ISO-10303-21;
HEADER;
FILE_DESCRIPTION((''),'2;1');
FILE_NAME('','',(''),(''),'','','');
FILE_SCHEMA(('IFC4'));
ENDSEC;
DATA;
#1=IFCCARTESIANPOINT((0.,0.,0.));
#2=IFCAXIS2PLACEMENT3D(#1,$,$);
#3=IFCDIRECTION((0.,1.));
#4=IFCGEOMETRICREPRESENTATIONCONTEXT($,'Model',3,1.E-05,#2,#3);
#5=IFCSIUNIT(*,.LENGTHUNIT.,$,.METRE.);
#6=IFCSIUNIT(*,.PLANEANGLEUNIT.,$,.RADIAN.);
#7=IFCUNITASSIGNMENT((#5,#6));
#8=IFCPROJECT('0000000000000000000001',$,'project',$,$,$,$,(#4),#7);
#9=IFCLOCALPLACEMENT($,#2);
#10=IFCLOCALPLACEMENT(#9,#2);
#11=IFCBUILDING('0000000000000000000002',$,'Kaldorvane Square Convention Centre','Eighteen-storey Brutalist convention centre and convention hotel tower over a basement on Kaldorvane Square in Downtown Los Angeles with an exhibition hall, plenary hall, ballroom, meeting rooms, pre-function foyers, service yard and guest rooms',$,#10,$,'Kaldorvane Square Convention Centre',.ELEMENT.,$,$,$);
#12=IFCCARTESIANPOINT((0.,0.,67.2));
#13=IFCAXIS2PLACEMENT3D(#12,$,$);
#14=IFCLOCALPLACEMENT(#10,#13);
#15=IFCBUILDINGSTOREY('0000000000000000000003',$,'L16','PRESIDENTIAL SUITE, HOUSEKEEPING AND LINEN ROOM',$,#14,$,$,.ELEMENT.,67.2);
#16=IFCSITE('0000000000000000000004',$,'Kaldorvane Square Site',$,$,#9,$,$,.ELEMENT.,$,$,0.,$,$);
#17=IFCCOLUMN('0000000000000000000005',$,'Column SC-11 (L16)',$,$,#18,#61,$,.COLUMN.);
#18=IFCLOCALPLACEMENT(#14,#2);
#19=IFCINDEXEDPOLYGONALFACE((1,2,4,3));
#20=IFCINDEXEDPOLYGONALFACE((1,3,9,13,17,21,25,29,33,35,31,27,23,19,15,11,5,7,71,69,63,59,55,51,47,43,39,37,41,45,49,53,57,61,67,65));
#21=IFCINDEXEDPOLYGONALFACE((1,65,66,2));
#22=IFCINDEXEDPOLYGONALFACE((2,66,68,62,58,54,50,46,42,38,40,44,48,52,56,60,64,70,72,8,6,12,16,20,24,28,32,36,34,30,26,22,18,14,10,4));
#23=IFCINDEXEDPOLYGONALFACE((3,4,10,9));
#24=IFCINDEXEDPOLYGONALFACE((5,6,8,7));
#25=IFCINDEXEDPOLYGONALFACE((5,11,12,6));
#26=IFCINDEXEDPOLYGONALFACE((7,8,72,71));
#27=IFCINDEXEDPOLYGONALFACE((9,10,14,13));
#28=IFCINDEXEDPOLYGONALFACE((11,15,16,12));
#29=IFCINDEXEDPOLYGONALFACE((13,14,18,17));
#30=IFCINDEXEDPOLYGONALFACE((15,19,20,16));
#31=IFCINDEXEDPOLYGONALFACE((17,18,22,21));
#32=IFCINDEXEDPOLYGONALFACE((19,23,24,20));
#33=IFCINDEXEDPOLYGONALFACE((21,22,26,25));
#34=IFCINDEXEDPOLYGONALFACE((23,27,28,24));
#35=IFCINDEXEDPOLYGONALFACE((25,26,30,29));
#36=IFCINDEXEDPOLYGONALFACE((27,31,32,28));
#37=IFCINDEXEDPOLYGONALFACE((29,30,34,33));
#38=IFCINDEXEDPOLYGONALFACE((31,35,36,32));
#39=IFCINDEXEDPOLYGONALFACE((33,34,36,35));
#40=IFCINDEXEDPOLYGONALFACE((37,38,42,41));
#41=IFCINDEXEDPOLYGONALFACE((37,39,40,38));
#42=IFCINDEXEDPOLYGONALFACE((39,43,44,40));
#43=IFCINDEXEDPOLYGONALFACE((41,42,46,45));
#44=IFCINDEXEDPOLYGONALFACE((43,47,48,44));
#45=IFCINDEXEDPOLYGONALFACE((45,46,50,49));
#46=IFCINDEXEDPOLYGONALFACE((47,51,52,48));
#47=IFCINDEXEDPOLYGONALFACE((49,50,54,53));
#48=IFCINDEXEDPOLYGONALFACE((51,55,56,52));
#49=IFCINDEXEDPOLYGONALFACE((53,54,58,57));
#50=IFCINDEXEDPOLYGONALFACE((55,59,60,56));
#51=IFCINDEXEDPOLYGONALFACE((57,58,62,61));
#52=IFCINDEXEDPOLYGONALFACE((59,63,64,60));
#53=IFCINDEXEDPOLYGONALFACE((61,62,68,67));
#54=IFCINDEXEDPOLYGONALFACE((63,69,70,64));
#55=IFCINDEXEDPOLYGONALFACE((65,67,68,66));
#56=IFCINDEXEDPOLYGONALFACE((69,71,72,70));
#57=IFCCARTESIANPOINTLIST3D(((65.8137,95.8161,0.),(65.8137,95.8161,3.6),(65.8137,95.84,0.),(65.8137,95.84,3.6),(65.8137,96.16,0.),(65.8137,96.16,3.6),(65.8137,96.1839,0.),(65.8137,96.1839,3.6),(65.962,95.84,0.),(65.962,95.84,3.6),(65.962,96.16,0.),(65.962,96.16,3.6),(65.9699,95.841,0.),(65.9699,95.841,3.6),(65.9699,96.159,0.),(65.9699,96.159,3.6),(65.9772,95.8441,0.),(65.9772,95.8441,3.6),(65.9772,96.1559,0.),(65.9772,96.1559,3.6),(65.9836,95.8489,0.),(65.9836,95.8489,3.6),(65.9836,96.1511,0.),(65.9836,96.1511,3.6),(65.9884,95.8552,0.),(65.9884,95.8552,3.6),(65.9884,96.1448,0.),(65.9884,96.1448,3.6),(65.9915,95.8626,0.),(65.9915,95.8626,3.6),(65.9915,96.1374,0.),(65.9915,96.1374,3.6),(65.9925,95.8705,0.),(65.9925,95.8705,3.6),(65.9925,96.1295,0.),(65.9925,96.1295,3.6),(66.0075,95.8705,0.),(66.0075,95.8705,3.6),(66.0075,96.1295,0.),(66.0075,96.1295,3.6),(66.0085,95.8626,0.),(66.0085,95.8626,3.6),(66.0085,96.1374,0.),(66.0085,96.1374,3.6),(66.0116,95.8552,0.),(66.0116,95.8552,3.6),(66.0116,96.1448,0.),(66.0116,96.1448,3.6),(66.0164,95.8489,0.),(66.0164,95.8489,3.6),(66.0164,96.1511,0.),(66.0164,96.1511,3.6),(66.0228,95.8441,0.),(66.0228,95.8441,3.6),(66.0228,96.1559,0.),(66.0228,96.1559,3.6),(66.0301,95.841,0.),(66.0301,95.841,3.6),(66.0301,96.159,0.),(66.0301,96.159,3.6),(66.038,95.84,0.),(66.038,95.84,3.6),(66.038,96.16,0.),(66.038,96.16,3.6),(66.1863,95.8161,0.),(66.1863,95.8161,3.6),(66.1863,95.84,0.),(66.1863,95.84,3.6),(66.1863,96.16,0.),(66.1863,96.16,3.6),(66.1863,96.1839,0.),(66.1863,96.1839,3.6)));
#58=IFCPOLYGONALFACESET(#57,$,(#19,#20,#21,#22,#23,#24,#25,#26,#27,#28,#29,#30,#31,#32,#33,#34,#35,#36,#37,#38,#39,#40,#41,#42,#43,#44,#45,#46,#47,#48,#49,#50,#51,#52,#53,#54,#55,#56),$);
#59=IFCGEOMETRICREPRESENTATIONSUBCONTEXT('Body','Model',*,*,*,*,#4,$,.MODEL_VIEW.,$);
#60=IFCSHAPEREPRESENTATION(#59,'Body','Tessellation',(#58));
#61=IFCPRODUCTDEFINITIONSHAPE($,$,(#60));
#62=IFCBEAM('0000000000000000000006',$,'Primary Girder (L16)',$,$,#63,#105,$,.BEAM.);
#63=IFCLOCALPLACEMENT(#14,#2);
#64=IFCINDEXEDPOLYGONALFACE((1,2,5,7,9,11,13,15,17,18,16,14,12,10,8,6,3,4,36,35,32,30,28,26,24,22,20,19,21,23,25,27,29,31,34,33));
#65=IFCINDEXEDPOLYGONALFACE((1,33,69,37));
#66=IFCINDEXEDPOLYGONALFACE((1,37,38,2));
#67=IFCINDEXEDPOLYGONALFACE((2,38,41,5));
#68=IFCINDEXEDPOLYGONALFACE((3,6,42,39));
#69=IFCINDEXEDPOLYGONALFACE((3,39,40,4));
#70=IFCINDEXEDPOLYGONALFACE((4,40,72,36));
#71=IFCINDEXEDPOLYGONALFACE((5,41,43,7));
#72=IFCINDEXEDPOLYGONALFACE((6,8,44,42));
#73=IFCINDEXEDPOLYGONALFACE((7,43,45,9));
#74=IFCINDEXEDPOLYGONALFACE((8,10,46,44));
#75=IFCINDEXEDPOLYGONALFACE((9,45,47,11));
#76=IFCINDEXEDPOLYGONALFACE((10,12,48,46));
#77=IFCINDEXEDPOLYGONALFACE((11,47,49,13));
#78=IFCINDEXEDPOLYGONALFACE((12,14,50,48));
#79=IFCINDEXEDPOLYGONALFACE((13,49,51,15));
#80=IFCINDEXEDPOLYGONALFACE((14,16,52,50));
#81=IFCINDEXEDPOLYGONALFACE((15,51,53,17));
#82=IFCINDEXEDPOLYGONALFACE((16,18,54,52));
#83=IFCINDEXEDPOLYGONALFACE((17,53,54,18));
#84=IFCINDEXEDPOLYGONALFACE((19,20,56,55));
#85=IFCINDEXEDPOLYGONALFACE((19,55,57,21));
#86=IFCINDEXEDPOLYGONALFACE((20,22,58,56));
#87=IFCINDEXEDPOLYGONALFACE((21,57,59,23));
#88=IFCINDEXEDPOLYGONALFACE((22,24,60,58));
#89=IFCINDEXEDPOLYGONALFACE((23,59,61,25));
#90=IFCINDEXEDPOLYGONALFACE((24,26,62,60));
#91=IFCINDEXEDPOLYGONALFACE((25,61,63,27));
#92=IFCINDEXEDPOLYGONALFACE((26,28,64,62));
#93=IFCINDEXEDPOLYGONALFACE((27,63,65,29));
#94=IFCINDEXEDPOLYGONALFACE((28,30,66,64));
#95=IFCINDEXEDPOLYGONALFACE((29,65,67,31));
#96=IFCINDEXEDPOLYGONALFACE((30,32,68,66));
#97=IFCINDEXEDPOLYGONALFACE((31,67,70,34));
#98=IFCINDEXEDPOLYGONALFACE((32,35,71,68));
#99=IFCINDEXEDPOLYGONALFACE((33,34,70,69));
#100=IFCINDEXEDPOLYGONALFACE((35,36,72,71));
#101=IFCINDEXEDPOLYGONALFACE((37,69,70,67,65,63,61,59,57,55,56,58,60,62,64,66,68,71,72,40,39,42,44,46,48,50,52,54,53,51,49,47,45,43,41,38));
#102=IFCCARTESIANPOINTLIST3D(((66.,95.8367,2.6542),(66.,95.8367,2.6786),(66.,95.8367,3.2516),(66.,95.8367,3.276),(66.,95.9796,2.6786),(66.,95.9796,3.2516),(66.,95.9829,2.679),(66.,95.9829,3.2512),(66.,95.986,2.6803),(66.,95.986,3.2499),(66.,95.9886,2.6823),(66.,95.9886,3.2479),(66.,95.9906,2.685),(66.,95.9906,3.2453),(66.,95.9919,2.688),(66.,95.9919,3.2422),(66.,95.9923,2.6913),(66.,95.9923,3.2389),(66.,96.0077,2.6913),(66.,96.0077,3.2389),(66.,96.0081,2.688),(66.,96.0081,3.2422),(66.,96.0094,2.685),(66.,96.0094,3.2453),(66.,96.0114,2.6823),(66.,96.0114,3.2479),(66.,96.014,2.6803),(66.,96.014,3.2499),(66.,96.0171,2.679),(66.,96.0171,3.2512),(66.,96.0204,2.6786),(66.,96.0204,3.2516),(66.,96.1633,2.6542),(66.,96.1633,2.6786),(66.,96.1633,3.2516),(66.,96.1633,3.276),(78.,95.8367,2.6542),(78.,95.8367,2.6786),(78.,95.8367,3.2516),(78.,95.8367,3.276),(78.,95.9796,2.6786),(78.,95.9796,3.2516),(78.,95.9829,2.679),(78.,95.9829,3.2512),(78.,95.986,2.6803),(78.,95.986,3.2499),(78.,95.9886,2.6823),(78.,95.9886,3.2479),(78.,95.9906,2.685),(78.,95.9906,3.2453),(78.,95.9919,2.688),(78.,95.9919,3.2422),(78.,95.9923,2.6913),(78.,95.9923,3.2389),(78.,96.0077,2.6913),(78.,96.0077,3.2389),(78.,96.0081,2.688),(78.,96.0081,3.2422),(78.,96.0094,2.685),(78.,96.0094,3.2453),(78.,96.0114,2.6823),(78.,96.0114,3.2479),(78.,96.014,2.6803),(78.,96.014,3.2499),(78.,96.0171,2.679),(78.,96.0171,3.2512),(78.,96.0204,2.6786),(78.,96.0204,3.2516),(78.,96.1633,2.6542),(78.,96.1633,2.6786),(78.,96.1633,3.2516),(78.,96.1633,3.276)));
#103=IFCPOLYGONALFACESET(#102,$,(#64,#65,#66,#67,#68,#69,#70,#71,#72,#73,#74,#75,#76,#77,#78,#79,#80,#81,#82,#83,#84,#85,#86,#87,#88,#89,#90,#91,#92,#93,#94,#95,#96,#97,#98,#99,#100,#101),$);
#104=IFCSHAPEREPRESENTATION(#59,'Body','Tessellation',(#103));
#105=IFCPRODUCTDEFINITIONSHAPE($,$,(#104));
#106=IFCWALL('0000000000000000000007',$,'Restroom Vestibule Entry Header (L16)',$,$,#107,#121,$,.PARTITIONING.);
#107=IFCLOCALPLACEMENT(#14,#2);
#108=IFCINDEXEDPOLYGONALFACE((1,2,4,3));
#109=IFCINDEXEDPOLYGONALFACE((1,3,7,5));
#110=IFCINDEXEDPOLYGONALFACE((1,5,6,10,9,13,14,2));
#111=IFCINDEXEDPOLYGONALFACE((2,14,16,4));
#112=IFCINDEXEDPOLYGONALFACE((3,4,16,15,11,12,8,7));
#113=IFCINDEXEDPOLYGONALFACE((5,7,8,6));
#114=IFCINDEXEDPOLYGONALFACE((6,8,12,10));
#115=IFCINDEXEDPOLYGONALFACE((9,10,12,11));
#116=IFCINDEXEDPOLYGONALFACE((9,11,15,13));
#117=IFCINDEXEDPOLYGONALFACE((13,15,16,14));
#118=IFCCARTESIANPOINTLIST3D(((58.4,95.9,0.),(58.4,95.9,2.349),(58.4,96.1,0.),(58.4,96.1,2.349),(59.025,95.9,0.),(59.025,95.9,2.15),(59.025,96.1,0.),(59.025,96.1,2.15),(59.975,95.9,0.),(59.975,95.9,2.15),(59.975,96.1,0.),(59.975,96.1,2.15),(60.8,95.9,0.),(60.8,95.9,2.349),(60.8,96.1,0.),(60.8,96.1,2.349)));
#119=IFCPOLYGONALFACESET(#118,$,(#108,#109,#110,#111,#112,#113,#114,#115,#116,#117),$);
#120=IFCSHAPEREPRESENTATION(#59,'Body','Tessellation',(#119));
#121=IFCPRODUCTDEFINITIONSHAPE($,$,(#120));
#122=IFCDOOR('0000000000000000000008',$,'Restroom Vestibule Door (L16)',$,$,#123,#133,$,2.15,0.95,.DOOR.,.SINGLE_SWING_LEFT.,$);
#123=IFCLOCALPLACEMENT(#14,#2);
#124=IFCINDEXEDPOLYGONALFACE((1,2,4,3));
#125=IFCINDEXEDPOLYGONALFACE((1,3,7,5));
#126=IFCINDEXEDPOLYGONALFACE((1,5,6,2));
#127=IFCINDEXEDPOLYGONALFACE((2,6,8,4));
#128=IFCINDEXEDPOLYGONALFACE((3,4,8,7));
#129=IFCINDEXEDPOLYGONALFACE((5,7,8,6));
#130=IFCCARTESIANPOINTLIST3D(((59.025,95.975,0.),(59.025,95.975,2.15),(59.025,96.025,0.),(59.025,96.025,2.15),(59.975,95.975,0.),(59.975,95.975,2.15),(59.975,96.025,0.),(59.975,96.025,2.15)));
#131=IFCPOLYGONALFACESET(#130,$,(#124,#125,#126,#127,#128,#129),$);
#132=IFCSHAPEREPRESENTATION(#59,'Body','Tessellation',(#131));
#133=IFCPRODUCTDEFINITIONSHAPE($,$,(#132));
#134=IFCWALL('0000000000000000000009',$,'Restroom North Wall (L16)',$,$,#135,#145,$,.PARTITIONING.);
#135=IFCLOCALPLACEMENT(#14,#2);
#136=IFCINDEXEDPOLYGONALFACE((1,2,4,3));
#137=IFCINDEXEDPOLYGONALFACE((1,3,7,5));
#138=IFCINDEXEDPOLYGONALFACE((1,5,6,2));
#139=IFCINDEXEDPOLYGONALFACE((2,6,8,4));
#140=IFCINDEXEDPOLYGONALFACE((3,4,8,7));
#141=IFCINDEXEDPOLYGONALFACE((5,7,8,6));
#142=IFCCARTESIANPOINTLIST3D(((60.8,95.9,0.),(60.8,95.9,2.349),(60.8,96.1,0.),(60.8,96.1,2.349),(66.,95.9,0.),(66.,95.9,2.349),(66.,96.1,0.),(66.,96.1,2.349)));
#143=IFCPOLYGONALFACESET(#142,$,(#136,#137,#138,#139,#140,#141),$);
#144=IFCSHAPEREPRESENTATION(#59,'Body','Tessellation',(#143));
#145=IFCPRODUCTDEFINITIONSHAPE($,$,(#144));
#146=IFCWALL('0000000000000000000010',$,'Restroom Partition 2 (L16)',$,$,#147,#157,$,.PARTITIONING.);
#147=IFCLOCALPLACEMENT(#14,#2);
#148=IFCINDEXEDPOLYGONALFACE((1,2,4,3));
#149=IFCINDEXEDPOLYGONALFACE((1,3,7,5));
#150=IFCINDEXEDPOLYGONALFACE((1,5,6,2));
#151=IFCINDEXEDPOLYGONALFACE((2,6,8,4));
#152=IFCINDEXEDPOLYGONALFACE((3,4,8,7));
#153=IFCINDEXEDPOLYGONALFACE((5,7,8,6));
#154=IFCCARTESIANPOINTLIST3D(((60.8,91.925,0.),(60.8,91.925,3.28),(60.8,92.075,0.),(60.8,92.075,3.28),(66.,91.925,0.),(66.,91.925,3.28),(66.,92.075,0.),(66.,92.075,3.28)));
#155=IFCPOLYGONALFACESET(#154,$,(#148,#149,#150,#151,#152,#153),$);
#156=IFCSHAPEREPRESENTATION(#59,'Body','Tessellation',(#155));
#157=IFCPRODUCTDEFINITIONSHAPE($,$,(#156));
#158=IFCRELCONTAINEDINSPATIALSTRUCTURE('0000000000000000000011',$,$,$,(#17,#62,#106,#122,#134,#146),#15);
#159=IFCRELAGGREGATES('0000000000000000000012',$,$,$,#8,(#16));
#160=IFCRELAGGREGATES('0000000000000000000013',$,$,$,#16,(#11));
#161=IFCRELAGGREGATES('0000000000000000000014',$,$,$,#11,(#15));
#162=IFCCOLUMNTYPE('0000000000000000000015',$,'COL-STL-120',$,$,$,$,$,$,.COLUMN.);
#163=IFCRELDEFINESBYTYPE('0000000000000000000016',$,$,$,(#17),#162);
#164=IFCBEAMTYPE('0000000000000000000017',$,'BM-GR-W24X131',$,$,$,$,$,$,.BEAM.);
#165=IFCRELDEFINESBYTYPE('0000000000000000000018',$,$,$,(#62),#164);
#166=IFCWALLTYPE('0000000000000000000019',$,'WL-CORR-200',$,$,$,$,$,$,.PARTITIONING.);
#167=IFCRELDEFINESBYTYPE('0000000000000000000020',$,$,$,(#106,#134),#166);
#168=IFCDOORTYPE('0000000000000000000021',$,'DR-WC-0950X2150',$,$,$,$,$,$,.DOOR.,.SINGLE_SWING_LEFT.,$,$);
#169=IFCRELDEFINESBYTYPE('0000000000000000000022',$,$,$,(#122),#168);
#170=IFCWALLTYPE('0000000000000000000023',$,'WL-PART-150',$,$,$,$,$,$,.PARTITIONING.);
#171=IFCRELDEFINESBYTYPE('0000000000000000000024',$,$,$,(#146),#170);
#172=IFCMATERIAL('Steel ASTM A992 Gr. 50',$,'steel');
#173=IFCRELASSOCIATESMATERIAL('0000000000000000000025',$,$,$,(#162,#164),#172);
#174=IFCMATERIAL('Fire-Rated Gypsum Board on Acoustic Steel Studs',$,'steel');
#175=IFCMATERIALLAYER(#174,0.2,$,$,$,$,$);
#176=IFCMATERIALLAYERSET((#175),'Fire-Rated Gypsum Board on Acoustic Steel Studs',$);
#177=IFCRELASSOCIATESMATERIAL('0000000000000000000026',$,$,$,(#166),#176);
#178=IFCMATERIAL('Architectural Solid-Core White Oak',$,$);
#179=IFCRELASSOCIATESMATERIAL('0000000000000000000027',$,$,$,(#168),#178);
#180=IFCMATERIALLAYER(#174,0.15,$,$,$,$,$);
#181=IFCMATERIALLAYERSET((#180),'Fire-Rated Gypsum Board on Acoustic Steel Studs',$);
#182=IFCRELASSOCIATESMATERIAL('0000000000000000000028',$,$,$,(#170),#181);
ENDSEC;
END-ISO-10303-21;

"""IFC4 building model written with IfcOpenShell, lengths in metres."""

from ifc_helpers import new_model, si_unit, direction, frame, frame_2d, origin, origin_2d, place, context, subcontext, project, spatial, rectangle, i_section, extrude, material, layer, layer_set, material_profile, profile_set, type_object, element, fill, save


model = new_model("IFC4")

# Units and contexts
model_context = context("Model", 3, precision=1e-05, world=origin(), true_north=direction((0.0, 1.0)))
body_context = subcontext(model_context, "Body", "Model", "MODEL_VIEW")
ifc_project = project(units=[si_unit("LENGTHUNIT", "METRE"), si_unit("PLANEANGLEUNIT", "RADIAN")], contexts=[model_context])

# Site, building, storey
site_placement = place(None, origin())
site = spatial("IfcSite", under=ifc_project, at=site_placement, Name="Kaldorvane Square Site", CompositionType="ELEMENT", RefElevation=0.0)
building_placement = place(site_placement, origin())
building = spatial("IfcBuilding", under=site, at=building_placement, Name="Kaldorvane Square Convention Centre", Description="Eighteen-storey Brutalist convention centre and convention hotel tower over a basement on Kaldorvane Square in Downtown Los Angeles with an exhibition hall, plenary hall, ballroom, meeting rooms, pre-function foyers, service yard and guest rooms", LongName="Kaldorvane Square Convention Centre", CompositionType="ELEMENT")
storey_placement = place(building_placement, frame((0.0, 0.0, 67.2)))
storey = spatial("IfcBuildingStorey", under=building, at=storey_placement, Name="L16", Description="PRESIDENTIAL SUITE, HOUSEKEEPING AND LINEN ROOM", CompositionType="ELEMENT", Elevation=67.2)

# Column
ifc_material_1 = material(Name="Steel ASTM A992 Gr. 50", Category="steel")
ifc_material_profile_1 = material_profile(ifc_material_1, i_section(OverallWidth=0.3726, OverallDepth=0.3678, WebThickness=0.015, FlangeThickness=0.0239, FilletRadius=0.0305, at=origin_2d()), Name="W14X120")
ifc_profile_set_1 = profile_set([ifc_material_profile_1], Name="Steel ASTM A992 Gr. 50")
column_type = type_object("IfcColumnType", Name="COL-STL-120", PredefinedType="COLUMN", material=ifc_profile_set_1)
column_placement = place(storey_placement, frame((66.0, 96.0, 0.0), z_axis=(0.0, 0.0, 1.0), x_axis=(1.0, 0.0, 0.0)))
element("IfcColumn", 1, at=column_placement, inside=storey, type_object=column_type, Name="Column SC-11 (L16)", PredefinedType="COLUMN", context=body_context, shape_type="SweptSolid", body=[
    extrude(i_section(OverallWidth=0.3726, OverallDepth=0.3678, WebThickness=0.015, FlangeThickness=0.0239, FilletRadius=0.0305, at=origin_2d()), origin(), (0.0, 0.0, 1.0), 3.6),
])

# Beam
ifc_material_profile_2 = material_profile(ifc_material_1, i_section(OverallWidth=0.3265, OverallDepth=0.6218, WebThickness=0.0154, FlangeThickness=0.0244, FilletRadius=0.0127, at=origin_2d()), Name="W24X131")
ifc_profile_set_2 = profile_set([ifc_material_profile_2], Name="Steel ASTM A992 Gr. 50")
beam_type = type_object("IfcBeamType", Name="BM-GR-W24X131", PredefinedType="BEAM", material=ifc_profile_set_2)
beam_placement = place(storey_placement, frame((66.0, 96.0, 2.9651), z_axis=(1.0, 0.0, 0.0), x_axis=(0.0, 1.0, 0.0)))
element("IfcBeam", 2, at=beam_placement, inside=storey, type_object=beam_type, Name="Primary Girder (L16)", PredefinedType="BEAM", context=body_context, shape_type="SweptSolid", body=[
    extrude(i_section(OverallWidth=0.3265, OverallDepth=0.6218, WebThickness=0.0154, FlangeThickness=0.0244, FilletRadius=0.0127, at=origin_2d()), origin(), (0.0, 0.0, 1.0), 12.0),
])

# Wall, opening, door
ifc_material_2 = material(Name="Fire-Rated Gypsum Board on Acoustic Steel Studs", Category="steel")
ifc_layer_1 = layer(ifc_material_2, 0.2)
ifc_layer_set_1 = layer_set([ifc_layer_1], Name="Fire-Rated Gypsum Board on Acoustic Steel Studs")
wall_type_1 = type_object("IfcWallType", Name="WL-CORR-200", PredefinedType="PARTITIONING", material=ifc_layer_set_1)
wall_1_placement = place(storey_placement, frame((58.4, 96.0, 0.0), z_axis=(0.0, 0.0, 1.0), x_axis=(1.0, 0.0, 0.0)))
wall_1 = element("IfcWall", 3, at=wall_1_placement, inside=storey, type_object=wall_type_1, Name="Restroom Vestibule Entry Header (L16)", PredefinedType="PARTITIONING", context=body_context, shape_type="SweptSolid", body=[
    extrude(rectangle(XDim=2.4, YDim=0.2, at=frame_2d((1.2, 0.0))), origin(), (0.0, 0.0, 1.0), 2.349),
])
opening_1_placement = place(wall_1_placement, frame((0.625, 0.0, 0.0)))
opening_1 = element("IfcOpeningElement", 4, at=opening_1_placement, cuts=wall_1, PredefinedType="OPENING", context=body_context, shape_type="SweptSolid", body=[
    extrude(rectangle(XDim=0.95, YDim=2.15, at=frame_2d((0.475, 1.075))), frame((0.0, 0.115, 0.0), z_axis=(0.0, -1.0, 0.0), x_axis=(1.0, 0.0, 0.0)), (0.0, 0.0, 1.0), 0.23),
])
ifc_material_3 = material(Name="Architectural Solid-Core White Oak")
door_type_1 = type_object("IfcDoorType", Name="DR-WC-0950X2150", OperationType="SINGLE_SWING_LEFT", PredefinedType="DOOR", material=ifc_material_3)
door_1_placement = place(opening_1_placement, origin())
door_1 = element("IfcDoor", 5, at=door_1_placement, inside=storey, type_object=door_type_1, Name="Restroom Vestibule Door (L16)", OperationType="SINGLE_SWING_LEFT", OverallHeight=2.15, OverallWidth=0.95, PredefinedType="DOOR", context=body_context, shape_type="SweptSolid", body=[
    extrude(rectangle(XDim=0.95, YDim=2.15, at=frame_2d((0.475, 1.075))), frame((0.0, 0.025, 0.0), z_axis=(0.0, -1.0, 0.0), x_axis=(1.0, 0.0, 0.0)), (0.0, 0.0, 1.0), 0.05),
])
fill(opening_1, door_1)

# Walls
wall_2_placement = place(storey_placement, frame((60.8, 96.0, 0.0), z_axis=(0.0, 0.0, 1.0), x_axis=(1.0, 0.0, 0.0)))
element("IfcWall", 6, at=wall_2_placement, inside=storey, type_object=wall_type_1, Name="Restroom North Wall (L16)", PredefinedType="PARTITIONING", context=body_context, shape_type="SweptSolid", body=[
    extrude(rectangle(XDim=5.2, YDim=0.2, at=frame_2d((2.6, 0.0))), origin(), (0.0, 0.0, 1.0), 2.349),
])
ifc_layer_2 = layer(ifc_material_2, 0.15)
ifc_layer_set_2 = layer_set([ifc_layer_2], Name="Fire-Rated Gypsum Board on Acoustic Steel Studs")
wall_type_2 = type_object("IfcWallType", Name="WL-PART-150", PredefinedType="PARTITIONING", material=ifc_layer_set_2)
wall_3_placement = place(storey_placement, frame((60.8, 92.0, 0.0), z_axis=(0.0, 0.0, 1.0), x_axis=(1.0, 0.0, 0.0)))
element("IfcWall", 7, at=wall_3_placement, inside=storey, type_object=wall_type_2, Name="Restroom Partition 2 (L16)", PredefinedType="PARTITIONING", context=body_context, shape_type="SweptSolid", body=[
    extrude(rectangle(XDim=5.2, YDim=0.15, at=frame_2d((2.6, 0.0))), origin(), (0.0, 0.0, 1.0), 3.28),
])

save(model, "model.ifc")
